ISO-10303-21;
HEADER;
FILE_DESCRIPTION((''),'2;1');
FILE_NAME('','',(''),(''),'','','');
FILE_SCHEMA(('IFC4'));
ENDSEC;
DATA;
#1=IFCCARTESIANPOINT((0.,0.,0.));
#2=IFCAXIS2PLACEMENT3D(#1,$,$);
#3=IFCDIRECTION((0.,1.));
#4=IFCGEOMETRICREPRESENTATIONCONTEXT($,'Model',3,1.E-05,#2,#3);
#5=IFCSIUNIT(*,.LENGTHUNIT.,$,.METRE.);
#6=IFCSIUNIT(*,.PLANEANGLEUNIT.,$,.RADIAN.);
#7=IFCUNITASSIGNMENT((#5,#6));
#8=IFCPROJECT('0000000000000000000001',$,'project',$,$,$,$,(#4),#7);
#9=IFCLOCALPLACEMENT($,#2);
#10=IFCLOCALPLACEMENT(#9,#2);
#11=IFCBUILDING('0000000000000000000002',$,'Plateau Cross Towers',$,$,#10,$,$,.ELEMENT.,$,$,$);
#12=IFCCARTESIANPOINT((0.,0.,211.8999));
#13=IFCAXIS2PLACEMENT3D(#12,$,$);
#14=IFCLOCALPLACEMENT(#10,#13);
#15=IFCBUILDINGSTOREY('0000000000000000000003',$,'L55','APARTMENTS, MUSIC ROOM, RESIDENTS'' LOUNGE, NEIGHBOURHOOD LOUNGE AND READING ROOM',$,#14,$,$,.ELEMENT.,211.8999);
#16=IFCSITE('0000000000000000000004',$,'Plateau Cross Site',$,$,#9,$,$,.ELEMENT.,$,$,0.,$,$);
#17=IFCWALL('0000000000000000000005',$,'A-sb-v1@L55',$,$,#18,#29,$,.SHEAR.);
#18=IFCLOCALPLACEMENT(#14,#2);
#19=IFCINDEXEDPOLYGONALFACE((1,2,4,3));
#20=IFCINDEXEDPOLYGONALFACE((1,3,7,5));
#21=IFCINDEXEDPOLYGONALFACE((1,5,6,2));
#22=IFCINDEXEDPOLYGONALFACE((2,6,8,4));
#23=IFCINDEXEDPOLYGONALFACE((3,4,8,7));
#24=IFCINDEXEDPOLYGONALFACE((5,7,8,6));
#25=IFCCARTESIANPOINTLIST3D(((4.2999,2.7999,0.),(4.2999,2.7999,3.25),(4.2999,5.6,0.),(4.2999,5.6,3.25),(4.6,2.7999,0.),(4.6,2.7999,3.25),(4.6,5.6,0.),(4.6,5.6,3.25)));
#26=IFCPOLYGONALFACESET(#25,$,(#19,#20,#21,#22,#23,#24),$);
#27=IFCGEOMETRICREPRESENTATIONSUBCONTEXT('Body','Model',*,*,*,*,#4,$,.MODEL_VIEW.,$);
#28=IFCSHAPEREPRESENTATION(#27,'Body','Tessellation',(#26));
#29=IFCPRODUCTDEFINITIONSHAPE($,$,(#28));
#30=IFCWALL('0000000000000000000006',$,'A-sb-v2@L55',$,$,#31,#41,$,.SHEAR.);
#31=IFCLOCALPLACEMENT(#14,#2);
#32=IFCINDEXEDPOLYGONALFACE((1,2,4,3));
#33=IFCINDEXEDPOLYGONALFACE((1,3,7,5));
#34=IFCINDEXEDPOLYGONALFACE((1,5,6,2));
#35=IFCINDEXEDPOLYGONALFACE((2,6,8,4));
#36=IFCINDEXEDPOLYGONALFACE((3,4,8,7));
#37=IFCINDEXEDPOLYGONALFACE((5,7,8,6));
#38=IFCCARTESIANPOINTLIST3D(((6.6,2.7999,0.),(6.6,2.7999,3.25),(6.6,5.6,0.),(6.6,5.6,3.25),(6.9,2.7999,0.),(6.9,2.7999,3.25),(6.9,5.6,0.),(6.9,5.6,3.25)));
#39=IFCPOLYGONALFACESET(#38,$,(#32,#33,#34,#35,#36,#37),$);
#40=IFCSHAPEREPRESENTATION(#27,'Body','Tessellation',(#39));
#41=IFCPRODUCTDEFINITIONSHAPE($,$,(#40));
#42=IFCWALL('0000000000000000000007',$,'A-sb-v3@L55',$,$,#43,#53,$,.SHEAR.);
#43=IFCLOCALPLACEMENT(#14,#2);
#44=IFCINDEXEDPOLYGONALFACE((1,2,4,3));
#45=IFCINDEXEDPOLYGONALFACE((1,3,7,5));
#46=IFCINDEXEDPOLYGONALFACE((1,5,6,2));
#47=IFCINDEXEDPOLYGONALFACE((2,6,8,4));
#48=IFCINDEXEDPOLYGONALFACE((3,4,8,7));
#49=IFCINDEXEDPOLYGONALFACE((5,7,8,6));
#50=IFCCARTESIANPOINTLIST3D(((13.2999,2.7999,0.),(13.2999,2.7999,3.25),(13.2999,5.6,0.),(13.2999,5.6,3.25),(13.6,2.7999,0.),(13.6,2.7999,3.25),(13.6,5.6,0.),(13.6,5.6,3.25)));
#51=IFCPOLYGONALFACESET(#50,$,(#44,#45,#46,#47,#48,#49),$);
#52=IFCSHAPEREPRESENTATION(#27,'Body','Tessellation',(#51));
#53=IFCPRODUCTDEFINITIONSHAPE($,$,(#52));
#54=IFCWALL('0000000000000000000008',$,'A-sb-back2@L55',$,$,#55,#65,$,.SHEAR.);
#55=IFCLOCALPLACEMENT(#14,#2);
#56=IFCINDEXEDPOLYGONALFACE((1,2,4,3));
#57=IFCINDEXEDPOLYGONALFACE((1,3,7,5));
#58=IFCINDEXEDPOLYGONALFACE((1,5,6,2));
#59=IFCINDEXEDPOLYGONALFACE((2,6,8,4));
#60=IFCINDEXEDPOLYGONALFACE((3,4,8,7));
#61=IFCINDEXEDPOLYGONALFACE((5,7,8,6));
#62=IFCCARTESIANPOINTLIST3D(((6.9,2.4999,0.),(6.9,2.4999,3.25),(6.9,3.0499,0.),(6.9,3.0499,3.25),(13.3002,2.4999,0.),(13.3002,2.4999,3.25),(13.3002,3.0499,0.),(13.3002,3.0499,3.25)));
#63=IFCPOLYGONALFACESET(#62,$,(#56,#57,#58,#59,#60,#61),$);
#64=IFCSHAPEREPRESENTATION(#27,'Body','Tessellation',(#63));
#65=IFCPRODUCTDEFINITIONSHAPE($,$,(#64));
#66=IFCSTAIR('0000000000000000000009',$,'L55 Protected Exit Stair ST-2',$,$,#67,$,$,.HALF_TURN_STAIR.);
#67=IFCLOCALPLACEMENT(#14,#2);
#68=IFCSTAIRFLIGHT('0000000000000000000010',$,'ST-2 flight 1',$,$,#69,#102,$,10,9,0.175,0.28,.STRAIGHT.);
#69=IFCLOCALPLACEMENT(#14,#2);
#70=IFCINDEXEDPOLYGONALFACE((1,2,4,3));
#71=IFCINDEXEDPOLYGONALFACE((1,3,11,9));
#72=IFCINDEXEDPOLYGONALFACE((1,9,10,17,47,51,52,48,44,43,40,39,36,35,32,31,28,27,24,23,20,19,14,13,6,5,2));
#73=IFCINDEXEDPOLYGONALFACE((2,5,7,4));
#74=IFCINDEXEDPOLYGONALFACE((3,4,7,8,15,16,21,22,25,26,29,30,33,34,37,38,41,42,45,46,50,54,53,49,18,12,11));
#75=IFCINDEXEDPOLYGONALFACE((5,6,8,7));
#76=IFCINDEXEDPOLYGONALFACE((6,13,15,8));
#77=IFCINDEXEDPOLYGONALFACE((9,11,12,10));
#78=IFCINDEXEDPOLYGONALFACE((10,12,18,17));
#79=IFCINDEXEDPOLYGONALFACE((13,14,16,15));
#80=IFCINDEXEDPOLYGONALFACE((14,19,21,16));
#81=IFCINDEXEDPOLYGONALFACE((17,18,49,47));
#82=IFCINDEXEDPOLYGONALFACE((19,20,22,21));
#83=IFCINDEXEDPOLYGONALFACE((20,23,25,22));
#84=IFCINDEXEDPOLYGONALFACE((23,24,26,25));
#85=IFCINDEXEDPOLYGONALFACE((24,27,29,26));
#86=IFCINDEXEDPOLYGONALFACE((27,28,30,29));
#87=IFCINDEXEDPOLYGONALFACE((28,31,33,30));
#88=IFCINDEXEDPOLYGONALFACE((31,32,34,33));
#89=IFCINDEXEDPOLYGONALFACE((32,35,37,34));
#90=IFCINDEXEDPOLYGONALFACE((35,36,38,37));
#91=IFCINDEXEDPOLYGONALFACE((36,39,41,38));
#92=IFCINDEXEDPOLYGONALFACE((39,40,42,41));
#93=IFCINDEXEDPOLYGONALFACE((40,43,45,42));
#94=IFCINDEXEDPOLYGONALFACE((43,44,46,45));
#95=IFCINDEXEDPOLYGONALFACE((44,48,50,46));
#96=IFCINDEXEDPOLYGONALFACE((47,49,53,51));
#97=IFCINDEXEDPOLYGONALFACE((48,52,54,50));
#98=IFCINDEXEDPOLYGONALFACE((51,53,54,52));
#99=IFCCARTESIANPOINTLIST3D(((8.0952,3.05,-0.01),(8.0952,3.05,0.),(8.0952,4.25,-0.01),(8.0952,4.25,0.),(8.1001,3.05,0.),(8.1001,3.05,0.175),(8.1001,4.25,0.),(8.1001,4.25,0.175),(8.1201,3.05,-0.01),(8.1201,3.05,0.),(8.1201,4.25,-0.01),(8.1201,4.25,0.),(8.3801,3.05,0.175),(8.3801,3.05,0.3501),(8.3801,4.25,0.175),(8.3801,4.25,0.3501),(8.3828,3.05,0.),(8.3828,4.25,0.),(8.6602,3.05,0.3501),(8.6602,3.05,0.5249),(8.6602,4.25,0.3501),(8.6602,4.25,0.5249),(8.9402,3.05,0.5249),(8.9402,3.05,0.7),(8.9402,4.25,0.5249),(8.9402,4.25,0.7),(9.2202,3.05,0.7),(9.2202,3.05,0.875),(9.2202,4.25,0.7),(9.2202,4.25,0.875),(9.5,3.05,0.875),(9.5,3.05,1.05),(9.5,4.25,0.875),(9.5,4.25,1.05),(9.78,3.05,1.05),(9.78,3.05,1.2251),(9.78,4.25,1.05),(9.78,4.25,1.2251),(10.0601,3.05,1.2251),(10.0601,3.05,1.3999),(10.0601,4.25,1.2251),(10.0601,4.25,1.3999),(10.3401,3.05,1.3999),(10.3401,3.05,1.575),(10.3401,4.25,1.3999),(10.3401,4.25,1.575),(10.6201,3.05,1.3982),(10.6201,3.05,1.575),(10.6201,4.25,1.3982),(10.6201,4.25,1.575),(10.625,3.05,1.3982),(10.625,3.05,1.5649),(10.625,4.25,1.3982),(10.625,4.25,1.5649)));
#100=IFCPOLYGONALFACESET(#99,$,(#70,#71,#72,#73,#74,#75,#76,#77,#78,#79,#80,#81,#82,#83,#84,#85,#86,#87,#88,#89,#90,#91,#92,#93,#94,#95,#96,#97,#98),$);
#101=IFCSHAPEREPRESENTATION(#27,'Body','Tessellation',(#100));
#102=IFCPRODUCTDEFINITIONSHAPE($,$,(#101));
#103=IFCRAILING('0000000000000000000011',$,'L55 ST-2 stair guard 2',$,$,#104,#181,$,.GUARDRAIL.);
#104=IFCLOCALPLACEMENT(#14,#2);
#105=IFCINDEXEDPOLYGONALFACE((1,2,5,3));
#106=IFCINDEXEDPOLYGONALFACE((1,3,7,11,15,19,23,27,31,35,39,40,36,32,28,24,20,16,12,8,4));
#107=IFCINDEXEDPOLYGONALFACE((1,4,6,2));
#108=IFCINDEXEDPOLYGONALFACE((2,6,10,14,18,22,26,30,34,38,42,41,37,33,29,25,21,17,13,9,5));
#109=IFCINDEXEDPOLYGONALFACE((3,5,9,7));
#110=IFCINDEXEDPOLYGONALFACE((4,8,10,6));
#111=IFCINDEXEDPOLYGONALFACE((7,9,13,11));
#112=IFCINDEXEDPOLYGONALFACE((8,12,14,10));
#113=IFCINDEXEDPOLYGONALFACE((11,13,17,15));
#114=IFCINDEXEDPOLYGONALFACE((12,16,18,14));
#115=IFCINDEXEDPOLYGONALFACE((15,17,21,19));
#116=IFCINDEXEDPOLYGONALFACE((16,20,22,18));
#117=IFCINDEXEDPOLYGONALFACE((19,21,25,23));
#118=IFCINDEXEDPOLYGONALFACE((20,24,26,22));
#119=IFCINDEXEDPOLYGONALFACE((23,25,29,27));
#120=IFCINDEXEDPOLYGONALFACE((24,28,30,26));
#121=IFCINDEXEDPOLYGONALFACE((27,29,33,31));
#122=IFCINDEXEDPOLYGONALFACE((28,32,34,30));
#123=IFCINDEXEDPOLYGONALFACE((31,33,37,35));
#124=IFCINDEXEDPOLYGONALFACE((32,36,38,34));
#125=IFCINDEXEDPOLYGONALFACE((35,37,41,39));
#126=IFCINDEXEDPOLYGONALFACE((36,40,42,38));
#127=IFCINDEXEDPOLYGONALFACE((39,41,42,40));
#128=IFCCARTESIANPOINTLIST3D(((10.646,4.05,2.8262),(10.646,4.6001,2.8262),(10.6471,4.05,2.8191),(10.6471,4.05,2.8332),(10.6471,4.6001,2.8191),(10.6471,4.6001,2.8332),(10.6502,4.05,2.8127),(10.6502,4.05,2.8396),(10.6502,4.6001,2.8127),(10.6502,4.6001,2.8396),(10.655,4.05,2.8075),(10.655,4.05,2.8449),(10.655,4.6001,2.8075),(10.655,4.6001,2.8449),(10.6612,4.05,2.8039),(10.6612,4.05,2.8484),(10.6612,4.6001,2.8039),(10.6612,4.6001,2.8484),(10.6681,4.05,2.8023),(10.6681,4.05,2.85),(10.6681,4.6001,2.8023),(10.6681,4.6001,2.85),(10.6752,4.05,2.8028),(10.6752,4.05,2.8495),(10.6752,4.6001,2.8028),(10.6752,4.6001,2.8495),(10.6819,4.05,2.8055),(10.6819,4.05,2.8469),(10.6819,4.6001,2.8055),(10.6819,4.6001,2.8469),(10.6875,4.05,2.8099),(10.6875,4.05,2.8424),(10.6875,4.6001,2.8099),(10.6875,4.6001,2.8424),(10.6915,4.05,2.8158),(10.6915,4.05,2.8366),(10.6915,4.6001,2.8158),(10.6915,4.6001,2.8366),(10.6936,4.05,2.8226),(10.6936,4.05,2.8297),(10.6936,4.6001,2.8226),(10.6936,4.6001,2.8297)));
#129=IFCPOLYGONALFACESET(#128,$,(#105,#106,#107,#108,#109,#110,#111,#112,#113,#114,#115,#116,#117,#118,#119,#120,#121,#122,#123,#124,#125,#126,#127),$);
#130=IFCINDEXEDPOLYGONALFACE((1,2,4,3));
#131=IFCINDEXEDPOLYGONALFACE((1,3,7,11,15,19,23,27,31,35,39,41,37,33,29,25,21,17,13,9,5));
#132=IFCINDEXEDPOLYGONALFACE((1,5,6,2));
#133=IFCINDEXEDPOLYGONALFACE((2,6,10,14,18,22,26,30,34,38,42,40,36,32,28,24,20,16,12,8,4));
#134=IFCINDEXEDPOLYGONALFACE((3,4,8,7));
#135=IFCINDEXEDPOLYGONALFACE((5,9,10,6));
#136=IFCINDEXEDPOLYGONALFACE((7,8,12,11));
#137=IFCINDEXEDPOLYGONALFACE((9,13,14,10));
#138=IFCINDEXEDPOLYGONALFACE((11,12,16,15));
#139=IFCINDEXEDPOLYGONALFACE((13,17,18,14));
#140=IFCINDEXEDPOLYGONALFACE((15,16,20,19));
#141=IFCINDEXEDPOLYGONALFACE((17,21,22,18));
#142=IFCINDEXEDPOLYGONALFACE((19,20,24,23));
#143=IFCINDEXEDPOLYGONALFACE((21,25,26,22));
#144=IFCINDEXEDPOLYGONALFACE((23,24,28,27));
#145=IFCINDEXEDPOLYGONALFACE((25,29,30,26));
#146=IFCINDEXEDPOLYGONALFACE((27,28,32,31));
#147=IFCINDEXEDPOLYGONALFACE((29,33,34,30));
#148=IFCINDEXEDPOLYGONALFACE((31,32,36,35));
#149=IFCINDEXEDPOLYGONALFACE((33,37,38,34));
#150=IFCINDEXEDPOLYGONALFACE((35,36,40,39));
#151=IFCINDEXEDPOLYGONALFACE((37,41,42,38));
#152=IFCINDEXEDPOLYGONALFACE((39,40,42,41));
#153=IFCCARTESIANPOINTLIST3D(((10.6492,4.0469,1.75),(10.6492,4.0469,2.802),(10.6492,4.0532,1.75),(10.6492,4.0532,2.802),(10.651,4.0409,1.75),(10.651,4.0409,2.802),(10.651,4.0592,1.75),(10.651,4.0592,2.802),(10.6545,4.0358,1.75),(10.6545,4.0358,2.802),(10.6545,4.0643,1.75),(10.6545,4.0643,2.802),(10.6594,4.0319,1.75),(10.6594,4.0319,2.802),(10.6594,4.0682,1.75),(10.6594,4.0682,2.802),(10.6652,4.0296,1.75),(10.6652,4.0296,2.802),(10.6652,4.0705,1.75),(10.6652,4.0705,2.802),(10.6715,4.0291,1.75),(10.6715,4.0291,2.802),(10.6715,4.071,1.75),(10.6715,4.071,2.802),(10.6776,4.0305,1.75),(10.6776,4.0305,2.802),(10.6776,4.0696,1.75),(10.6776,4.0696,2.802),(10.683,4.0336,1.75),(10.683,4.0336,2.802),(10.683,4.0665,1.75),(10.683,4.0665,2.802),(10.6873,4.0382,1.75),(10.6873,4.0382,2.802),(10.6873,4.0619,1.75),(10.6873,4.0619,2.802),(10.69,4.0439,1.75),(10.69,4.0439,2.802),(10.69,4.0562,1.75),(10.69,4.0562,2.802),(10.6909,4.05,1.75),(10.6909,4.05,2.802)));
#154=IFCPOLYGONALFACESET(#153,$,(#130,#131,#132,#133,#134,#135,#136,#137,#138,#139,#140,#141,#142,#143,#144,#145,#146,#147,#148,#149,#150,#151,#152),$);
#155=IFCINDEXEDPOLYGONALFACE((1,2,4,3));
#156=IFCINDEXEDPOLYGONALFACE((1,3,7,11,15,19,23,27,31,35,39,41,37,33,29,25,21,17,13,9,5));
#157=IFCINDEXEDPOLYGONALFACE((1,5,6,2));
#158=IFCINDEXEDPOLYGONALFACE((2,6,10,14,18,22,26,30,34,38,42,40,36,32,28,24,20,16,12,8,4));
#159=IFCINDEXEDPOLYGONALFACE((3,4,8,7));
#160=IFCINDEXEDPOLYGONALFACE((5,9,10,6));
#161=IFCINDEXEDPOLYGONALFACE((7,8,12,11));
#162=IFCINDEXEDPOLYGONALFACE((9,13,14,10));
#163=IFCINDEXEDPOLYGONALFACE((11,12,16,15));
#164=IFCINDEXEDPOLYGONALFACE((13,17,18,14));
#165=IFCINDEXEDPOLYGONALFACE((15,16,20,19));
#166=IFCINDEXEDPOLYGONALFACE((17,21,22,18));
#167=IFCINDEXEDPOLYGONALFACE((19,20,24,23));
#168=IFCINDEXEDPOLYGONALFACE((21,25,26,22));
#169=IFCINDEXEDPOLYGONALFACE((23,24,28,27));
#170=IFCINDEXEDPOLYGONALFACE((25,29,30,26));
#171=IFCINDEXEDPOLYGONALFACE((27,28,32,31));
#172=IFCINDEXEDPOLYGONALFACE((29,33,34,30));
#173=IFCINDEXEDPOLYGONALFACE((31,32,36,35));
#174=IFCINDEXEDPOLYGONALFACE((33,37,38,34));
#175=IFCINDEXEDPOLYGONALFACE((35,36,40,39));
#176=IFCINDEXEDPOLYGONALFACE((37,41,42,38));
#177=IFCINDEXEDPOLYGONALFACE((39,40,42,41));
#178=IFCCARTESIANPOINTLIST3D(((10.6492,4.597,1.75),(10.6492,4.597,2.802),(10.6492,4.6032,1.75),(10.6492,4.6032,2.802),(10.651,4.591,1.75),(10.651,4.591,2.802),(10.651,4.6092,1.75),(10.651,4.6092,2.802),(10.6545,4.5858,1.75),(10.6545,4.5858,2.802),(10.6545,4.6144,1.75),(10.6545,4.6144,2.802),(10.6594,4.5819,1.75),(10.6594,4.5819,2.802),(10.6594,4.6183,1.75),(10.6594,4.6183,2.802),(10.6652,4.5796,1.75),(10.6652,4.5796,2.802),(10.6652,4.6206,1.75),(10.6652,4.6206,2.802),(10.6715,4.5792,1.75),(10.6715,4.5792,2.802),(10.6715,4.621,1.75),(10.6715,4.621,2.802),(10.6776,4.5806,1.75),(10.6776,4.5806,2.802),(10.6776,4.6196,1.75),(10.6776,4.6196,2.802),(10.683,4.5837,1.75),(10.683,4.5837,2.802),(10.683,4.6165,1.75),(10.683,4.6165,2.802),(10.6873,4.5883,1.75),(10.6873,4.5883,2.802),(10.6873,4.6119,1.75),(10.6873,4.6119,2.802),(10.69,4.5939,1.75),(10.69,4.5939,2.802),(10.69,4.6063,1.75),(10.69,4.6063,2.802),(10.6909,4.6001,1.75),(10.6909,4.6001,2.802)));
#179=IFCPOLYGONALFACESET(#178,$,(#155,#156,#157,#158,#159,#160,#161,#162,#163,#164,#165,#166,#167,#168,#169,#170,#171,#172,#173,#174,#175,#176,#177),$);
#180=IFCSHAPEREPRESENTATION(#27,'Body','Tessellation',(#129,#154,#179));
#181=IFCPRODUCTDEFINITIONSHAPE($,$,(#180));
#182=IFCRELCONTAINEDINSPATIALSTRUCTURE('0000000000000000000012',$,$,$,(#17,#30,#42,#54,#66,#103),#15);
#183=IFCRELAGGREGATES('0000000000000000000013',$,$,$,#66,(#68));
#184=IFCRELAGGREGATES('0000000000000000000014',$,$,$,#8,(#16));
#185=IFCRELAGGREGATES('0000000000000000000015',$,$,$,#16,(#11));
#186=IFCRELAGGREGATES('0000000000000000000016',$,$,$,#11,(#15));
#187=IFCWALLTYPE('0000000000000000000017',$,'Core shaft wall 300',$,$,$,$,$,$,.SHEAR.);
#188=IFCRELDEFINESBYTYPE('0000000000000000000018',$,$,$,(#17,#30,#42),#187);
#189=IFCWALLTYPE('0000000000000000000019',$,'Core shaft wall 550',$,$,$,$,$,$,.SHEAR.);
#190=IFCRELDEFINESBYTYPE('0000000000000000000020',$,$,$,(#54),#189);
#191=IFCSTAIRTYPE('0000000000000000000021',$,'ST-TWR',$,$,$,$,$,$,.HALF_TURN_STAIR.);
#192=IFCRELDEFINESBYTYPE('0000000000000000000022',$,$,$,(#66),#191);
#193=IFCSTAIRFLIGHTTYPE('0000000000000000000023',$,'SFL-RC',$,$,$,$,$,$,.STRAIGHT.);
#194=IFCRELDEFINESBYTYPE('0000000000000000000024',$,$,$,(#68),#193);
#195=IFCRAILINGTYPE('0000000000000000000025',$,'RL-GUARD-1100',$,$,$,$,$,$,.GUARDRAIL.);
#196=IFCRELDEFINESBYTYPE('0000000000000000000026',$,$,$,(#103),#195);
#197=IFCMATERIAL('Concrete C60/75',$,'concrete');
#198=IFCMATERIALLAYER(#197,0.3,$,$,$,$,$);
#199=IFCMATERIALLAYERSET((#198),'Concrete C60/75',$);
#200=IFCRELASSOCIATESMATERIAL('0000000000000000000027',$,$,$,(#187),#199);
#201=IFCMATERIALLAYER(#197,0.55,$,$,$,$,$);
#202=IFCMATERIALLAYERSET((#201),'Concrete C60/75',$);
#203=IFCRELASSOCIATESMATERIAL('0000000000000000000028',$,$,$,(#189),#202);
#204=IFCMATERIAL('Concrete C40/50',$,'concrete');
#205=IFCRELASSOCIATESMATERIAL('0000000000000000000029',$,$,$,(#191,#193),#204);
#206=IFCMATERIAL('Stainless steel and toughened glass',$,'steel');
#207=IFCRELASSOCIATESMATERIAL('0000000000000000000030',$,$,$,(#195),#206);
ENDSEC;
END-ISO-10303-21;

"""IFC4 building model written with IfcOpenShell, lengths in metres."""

from ifc_helpers import new_model, si_unit, direction, frame, frame_2d, origin, origin_2d, place, context, subcontext, project, spatial, polyline, rectangle, circle, outline, extrude, material, layer, layer_set, type_object, element, aggregate, save


model = new_model("IFC4")

# Units and contexts
model_context = context("Model", 3, precision=1e-05, world=origin(), true_north=direction((0.0, 1.0)))
body_context = subcontext(model_context, "Body", "Model", "MODEL_VIEW")
ifc_project = project(units=[si_unit("LENGTHUNIT", "METRE"), si_unit("PLANEANGLEUNIT", "RADIAN")], contexts=[model_context])

# Site, building, storey
site_placement = place(None, origin())
site = spatial("IfcSite", under=ifc_project, at=site_placement, Name="Plateau Cross Site", CompositionType="ELEMENT", RefElevation=0.0)
building_placement = place(site_placement, origin())
building = spatial("IfcBuilding", under=site, at=building_placement, Name="Plateau Cross Towers", CompositionType="ELEMENT")
storey_placement = place(building_placement, frame((0.0, 0.0, 211.8999)))
storey = spatial("IfcBuildingStorey", under=building, at=storey_placement, Name="L55", Description="APARTMENTS, MUSIC ROOM, RESIDENTS' LOUNGE, NEIGHBOURHOOD LOUNGE AND READING ROOM", CompositionType="ELEMENT", Elevation=211.8999)

# Walls
ifc_material_1 = material(Name="Concrete C60/75", Category="concrete")
ifc_layer_1 = layer(ifc_material_1, 0.3)
ifc_layer_set_1 = layer_set([ifc_layer_1], Name="Concrete C60/75")
wall_type_1 = type_object("IfcWallType", Name="Core shaft wall 300", PredefinedType="SHEAR", material=ifc_layer_set_1)
for number, where, z_axis, x_axis, name in (
    (1, (4.45, 2.8, 0.0), (0.0, 0.0, 1.0), (0.0, 1.0, 0.0), "A-sb-v1@L55"),
    (2, (6.75, 2.8, 0.0), (0.0, 0.0, 1.0), (0.0, 1.0, 0.0), "A-sb-v2@L55"),
    (3, (13.45, 2.8, 0.0), (0.0, 0.0, 1.0), (0.0, 1.0, 0.0), "A-sb-v3@L55"),
):
    element("IfcWall", number, at=place(storey_placement, frame(where, z_axis=z_axis, x_axis=x_axis)), inside=storey, type_object=wall_type_1, Name=name, PredefinedType="SHEAR", context=body_context, shape_type="SweptSolid", body=[
        extrude(rectangle(XDim=2.8, YDim=0.3, at=frame_2d((1.3999, 0.0))), origin(), (0.0, 0.0, 1.0), 3.25),
    ])
ifc_layer_2 = layer(ifc_material_1, 0.55)
ifc_layer_set_2 = layer_set([ifc_layer_2], Name="Concrete C60/75")
wall_type_2 = type_object("IfcWallType", Name="Core shaft wall 550", PredefinedType="SHEAR", material=ifc_layer_set_2)
wall_1_placement = place(storey_placement, frame((6.8999, 2.7749, 0.0), z_axis=(0.0, 0.0, 1.0), x_axis=(1.0, 0.0, 0.0)))
element("IfcWall", 4, at=wall_1_placement, inside=storey, type_object=wall_type_2, Name="A-sb-back2@L55", PredefinedType="SHEAR", context=body_context, shape_type="SweptSolid", body=[
    extrude(rectangle(XDim=6.4001, YDim=0.55, at=frame_2d((3.2002, 0.0))), origin(), (0.0, 0.0, 1.0), 3.25),
])

# Stair, stair flight
ifc_material_2 = material(Name="Concrete C40/50", Category="concrete")
stair_type = type_object("IfcStairType", Name="ST-TWR", PredefinedType="HALF_TURN_STAIR", material=ifc_material_2)
stair_placement = place(storey_placement, origin())
stair = element("IfcStair", 5, at=stair_placement, inside=storey, type_object=stair_type, Name="L55 Protected Exit Stair ST-2", PredefinedType="HALF_TURN_STAIR")
stair_flight_type = type_object("IfcStairFlightType", Name="SFL-RC", PredefinedType="STRAIGHT", material=ifc_material_2)
stair_flight_placement = place(storey_placement, frame((8.1001, 3.6499, 0.0), z_axis=(0.0, 0.0, 1.0), x_axis=(1.0, 0.0, 0.0)))
stair_flight = element("IfcStairFlight", 6, at=stair_flight_placement, type_object=stair_flight_type, Name="ST-2 flight 1", NumberOfRisers=10, NumberOfTreads=9, PredefinedType="STRAIGHT", RiserHeight=0.175, TreadLength=0.28, context=body_context, shape_type="SweptSolid", body=[
    extrude(outline(polyline([(-0.0049, -0.01), (-0.0049, 0.0), (0.0, 0.0), (0.0, 0.175), (0.28, 0.175), (0.28, 0.3501), (0.5601, 0.3501), (0.5601, 0.5249), (0.8401, 0.5249), (0.8401, 0.7), (1.1201, 0.7), (1.1201, 0.875), (1.3999, 0.875), (1.3999, 1.05), (1.6799, 1.05), (1.6799, 1.2251), (1.96, 1.2251), (1.96, 1.3999), (2.24, 1.3999), (2.24, 1.575), (2.52, 1.575), (2.5249, 1.5649), (2.5249, 1.3982), (2.52, 1.3982), (0.2827, 0.0), (0.02, 0.0), (0.02, -0.01), (-0.0049, -0.01)])), frame((0.0, 0.6001, 0.0), z_axis=(0.0, -1.0, 0.0), x_axis=(1.0, 0.0, 0.0)), (0.0, 0.0, 1.0), 1.2),
])
aggregate(stair, [stair_flight])

# Railing
ifc_material_3 = material(Name="Stainless steel and toughened glass", Category="steel")
railing_type_1 = type_object("IfcRailingType", Name="RL-GUARD-1100", PredefinedType="GUARDRAIL", material=ifc_material_3)
for number, where, name in (
    (7, (10.6699, 4.05, 1.75), "L55 ST-2 stair guard 2"),
):
    element("IfcRailing", number, at=place(storey_placement, frame(where)), inside=storey, type_object=railing_type_1, Name=name, PredefinedType="GUARDRAIL", context=body_context, shape_type="SweptSolid", body=[
        extrude(circle(Radius=0.0239, at=origin_2d()), frame((0.0, 0.0, 1.0762), z_axis=(0.0, 1.0, 0.0), x_axis=(-1.0, 0.0, 0.0)), (0.0, 0.0, 1.0), 0.55),
        extrude(circle(Radius=0.021, at=origin_2d()), origin(), (0.0, 0.0, 1.0), 1.052),
        extrude(circle(Radius=0.021, at=origin_2d()), frame((0.0, 0.55, 0.0)), (0.0, 0.0, 1.0), 1.052),
    ])

save(model, "model.ifc")
